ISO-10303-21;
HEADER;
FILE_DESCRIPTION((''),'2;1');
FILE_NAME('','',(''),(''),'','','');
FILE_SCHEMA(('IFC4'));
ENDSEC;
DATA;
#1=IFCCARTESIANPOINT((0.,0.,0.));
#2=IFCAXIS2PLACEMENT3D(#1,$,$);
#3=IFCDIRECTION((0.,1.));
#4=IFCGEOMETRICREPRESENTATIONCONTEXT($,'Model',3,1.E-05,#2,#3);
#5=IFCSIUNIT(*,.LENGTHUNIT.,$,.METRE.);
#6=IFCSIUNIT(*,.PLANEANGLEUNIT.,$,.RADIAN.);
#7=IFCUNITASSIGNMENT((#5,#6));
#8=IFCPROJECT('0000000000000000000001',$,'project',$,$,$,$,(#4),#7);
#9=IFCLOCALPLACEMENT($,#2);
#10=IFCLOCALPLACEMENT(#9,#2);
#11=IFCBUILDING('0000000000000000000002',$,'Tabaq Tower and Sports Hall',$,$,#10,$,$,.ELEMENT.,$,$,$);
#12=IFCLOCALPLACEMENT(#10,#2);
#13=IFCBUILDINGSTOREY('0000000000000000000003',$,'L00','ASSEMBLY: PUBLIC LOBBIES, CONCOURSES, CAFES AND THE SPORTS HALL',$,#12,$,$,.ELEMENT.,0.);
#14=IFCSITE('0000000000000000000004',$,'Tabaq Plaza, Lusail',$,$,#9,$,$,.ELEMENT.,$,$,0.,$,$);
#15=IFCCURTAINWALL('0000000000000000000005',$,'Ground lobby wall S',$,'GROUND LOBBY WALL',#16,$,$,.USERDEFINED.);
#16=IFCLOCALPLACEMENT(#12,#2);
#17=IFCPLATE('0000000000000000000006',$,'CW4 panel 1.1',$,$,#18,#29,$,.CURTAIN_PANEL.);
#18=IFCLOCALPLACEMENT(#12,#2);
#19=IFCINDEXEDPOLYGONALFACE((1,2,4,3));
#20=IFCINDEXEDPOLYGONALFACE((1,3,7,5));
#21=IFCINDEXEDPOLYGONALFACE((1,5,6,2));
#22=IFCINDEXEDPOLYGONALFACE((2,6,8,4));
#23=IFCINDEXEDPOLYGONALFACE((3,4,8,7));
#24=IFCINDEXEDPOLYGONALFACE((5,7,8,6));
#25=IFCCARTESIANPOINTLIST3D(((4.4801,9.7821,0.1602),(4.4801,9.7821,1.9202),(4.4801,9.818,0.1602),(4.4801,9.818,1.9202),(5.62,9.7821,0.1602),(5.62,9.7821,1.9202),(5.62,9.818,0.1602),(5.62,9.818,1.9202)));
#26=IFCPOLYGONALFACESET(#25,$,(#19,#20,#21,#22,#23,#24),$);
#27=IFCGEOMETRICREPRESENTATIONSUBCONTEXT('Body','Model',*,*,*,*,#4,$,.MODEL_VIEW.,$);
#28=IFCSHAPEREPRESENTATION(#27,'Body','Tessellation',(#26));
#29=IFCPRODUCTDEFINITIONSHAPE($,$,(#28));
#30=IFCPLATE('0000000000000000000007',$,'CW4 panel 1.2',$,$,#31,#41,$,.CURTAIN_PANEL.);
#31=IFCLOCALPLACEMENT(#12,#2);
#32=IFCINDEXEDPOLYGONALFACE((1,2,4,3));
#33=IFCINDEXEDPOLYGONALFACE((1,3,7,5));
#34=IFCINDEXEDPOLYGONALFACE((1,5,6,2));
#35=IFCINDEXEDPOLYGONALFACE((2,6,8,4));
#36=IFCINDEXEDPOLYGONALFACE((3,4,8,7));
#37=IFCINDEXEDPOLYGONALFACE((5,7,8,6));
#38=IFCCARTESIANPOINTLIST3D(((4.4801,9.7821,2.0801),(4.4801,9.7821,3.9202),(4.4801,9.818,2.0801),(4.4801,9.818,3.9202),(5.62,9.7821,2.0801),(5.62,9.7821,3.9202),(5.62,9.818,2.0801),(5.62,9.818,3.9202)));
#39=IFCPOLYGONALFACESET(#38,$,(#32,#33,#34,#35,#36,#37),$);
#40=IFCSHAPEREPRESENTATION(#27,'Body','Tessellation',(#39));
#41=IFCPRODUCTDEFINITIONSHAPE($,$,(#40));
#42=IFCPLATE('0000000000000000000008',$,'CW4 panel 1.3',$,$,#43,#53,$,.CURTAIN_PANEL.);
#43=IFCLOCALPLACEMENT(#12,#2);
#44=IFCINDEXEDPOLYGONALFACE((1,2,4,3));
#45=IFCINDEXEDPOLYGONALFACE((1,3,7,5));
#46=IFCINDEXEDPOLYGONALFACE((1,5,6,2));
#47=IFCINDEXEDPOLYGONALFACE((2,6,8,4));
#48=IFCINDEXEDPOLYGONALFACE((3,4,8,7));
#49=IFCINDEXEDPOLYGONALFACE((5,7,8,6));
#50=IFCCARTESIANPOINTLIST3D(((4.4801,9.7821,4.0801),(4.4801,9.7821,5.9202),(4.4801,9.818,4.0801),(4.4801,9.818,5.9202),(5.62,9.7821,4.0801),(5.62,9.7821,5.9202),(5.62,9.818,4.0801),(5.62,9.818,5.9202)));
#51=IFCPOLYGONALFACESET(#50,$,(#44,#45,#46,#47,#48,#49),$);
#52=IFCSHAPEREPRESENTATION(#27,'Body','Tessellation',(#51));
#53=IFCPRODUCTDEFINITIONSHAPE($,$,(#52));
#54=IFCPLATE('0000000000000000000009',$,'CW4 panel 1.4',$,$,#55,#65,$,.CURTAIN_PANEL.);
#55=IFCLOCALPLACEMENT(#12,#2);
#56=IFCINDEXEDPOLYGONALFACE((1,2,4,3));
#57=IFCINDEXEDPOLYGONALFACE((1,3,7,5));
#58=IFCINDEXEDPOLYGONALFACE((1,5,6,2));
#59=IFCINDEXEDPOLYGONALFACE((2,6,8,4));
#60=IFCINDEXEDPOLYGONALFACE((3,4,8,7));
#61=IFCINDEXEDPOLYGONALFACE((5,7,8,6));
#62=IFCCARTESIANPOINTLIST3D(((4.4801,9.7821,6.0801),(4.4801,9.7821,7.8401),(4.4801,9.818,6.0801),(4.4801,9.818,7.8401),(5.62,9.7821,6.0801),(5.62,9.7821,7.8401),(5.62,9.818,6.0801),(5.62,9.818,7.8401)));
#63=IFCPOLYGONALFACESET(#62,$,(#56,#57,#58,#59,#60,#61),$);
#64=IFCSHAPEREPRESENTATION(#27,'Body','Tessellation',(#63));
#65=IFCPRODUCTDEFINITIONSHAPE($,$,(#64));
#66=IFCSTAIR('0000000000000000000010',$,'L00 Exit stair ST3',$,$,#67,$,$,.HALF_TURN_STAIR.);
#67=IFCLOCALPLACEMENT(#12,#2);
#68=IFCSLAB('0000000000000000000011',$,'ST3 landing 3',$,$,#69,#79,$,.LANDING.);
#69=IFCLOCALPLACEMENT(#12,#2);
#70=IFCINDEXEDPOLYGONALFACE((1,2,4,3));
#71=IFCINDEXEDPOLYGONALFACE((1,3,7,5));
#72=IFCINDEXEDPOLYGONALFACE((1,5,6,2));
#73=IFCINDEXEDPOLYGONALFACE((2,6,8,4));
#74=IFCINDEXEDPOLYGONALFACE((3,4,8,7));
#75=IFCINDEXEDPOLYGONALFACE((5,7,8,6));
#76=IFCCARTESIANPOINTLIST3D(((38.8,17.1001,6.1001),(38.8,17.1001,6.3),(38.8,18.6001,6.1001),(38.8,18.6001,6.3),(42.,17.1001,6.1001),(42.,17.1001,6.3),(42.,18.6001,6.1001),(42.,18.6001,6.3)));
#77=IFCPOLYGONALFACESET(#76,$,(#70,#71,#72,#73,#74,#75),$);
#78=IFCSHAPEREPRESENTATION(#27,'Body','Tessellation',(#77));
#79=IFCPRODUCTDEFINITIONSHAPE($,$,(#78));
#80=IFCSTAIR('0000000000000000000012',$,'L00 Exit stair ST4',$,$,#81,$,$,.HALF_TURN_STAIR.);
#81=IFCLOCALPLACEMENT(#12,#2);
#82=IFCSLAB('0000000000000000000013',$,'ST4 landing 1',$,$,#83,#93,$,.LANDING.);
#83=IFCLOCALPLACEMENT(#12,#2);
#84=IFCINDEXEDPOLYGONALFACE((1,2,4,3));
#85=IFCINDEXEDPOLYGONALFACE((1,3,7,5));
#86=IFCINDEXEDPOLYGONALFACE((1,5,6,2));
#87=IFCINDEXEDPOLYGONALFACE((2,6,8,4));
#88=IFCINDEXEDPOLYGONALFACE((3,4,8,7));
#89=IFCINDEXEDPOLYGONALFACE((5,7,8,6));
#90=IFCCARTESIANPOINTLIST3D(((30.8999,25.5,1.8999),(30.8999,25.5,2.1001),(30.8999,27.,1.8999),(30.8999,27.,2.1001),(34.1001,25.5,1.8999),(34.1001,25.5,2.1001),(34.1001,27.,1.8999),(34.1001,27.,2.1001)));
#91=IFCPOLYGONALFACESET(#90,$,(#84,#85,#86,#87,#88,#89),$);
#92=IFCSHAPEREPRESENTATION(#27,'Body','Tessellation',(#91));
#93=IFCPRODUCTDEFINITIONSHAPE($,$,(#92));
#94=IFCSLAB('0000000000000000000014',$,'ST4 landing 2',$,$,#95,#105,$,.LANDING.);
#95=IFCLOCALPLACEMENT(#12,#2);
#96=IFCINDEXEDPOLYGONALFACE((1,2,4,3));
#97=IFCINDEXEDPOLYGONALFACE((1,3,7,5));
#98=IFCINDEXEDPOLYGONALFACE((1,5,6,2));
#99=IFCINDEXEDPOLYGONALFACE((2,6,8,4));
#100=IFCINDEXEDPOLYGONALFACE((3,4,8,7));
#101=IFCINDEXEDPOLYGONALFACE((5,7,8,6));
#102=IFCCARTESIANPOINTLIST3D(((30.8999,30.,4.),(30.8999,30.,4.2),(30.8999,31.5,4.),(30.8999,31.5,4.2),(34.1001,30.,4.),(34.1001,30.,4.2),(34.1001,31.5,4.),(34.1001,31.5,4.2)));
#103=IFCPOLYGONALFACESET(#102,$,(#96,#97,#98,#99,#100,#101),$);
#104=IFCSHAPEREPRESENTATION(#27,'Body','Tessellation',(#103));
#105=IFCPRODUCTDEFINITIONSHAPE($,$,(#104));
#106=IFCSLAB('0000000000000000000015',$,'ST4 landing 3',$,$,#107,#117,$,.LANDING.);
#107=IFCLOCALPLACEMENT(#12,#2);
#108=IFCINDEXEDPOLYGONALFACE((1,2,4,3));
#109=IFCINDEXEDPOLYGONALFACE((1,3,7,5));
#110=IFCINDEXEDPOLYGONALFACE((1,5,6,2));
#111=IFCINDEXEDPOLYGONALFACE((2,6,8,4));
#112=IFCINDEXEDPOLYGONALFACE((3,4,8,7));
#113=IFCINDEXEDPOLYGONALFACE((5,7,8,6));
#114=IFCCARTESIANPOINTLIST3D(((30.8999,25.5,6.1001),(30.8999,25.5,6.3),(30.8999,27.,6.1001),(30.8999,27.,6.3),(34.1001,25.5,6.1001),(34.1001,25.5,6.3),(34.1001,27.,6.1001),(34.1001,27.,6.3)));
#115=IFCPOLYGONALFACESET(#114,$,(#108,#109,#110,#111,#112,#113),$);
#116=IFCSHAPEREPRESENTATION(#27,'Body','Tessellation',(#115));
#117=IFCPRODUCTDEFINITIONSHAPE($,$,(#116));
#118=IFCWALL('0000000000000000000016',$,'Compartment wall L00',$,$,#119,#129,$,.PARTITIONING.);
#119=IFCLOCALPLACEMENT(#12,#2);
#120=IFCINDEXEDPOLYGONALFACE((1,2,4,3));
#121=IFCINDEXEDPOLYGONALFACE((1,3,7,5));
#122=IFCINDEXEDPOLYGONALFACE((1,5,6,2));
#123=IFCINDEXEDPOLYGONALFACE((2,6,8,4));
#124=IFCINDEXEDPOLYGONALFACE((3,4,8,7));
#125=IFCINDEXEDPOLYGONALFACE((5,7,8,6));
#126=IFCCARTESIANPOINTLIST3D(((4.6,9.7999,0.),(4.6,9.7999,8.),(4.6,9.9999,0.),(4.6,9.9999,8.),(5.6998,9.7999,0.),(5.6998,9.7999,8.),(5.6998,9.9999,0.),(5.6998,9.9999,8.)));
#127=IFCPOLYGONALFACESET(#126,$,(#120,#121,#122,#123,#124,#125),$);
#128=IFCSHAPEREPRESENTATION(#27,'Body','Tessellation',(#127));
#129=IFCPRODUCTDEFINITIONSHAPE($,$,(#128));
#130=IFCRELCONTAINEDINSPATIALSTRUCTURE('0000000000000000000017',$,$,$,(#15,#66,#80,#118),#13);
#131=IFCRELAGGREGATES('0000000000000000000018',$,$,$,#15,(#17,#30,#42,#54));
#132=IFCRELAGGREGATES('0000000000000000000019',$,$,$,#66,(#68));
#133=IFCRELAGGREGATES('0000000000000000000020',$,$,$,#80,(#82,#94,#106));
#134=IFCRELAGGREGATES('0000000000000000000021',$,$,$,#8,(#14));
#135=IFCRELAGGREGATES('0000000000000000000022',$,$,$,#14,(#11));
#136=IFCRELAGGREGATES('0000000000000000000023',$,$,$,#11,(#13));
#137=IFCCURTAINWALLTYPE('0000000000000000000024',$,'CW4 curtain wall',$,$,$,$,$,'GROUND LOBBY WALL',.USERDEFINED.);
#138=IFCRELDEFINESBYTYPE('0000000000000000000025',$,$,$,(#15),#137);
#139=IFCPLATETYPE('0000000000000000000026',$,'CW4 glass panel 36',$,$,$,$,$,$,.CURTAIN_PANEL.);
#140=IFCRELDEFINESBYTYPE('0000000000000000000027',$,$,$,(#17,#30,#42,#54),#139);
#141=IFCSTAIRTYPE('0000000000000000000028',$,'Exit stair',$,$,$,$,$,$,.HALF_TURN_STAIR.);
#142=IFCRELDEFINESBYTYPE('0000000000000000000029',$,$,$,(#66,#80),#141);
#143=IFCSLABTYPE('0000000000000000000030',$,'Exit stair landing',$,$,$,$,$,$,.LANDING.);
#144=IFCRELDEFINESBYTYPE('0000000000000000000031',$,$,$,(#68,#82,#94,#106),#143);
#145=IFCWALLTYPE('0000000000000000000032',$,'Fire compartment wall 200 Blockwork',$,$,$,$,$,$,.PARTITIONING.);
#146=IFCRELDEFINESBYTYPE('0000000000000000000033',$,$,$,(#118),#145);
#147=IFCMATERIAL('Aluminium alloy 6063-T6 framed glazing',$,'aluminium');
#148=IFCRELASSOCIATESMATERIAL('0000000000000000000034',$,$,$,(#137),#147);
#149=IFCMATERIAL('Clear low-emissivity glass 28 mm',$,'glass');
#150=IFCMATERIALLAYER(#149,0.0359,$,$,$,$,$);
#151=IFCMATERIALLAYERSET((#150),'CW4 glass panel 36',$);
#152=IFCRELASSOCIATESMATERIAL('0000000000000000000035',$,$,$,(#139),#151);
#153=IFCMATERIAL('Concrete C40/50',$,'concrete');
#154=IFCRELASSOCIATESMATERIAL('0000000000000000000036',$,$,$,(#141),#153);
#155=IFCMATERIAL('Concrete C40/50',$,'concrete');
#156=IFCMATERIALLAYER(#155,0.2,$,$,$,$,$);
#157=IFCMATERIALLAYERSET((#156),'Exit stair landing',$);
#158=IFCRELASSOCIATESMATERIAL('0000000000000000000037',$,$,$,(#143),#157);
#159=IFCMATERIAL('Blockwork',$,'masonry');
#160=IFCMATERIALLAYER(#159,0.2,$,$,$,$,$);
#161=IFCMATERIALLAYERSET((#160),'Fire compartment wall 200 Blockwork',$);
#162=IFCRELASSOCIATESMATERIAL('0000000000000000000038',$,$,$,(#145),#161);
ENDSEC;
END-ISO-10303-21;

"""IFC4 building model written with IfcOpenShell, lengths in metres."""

from ifc_helpers import new_model, si_unit, direction, frame, frame_2d, origin, origin_2d, place, context, subcontext, project, spatial, polyline, rectangle, outline, extrude, material, layer, layer_set, type_object, element, aggregate, save


model = new_model("IFC4")

# Units and contexts
model_context = context("Model", 3, precision=1e-05, world=origin(), true_north=direction((0.0, 1.0)))
body_context = subcontext(model_context, "Body", "Model", "MODEL_VIEW")
ifc_project = project(units=[si_unit("LENGTHUNIT", "METRE"), si_unit("PLANEANGLEUNIT", "RADIAN")], contexts=[model_context])

# Site, building, storey
site_placement = place(None, origin())
site = spatial("IfcSite", under=ifc_project, at=site_placement, Name="Tabaq Plaza, Lusail", CompositionType="ELEMENT", RefElevation=0.0)
building_placement = place(site_placement, origin())
building = spatial("IfcBuilding", under=site, at=building_placement, Name="Tabaq Tower and Sports Hall", CompositionType="ELEMENT")
storey_placement = place(building_placement, origin())
storey = spatial("IfcBuildingStorey", under=building, at=storey_placement, Name="L00", Description="ASSEMBLY: PUBLIC LOBBIES, CONCOURSES, CAFES AND THE SPORTS HALL", CompositionType="ELEMENT", Elevation=0.0)

# Curtain wall
ifc_material_1 = material(Name="Aluminium alloy 6063-T6 framed glazing", Category="aluminium")
curtain_wall_type = type_object("IfcCurtainWallType", Name="CW4 curtain wall", ElementType="GROUND LOBBY WALL", PredefinedType="USERDEFINED", material=ifc_material_1)
curtain_wall_1_placement = place(storey_placement, origin())
curtain_wall_1 = element("IfcCurtainWall", 1, at=curtain_wall_1_placement, inside=storey, type_object=curtain_wall_type, Name="Ground lobby wall S", ObjectType="GROUND LOBBY WALL", PredefinedType="USERDEFINED")

# Plates
ifc_material_2 = material(Name="Clear low-emissivity glass 28 mm", Category="glass")
ifc_layer_1 = layer(ifc_material_2, 0.0359)
ifc_layer_set_1 = layer_set([ifc_layer_1], Name="CW4 glass panel 36")
plate_type = type_object("IfcPlateType", Name="CW4 glass panel 36", PredefinedType="CURTAIN_PANEL", material=ifc_layer_set_1)
plate_1_placement = place(storey_placement, frame((5.05, 9.8, 0.1602), z_axis=(0.0, 0.0, 1.0), x_axis=(-1.0, 0.0, 0.0)))
plate_1 = element("IfcPlate", 2, at=plate_1_placement, type_object=plate_type, Name="CW4 panel 1.1", PredefinedType="CURTAIN_PANEL", context=body_context, shape_type="SweptSolid", body=[
    extrude(rectangle(XDim=1.1399, YDim=0.0359, at=origin_2d()), origin(), (0.0, 0.0, 1.0), 1.76),
])
plate_2_placement = place(storey_placement, frame((5.05, 9.8, 2.0801), z_axis=(0.0, 0.0, 1.0), x_axis=(-1.0, 0.0, 0.0)))
plate_2 = element("IfcPlate", 3, at=plate_2_placement, type_object=plate_type, Name="CW4 panel 1.2", PredefinedType="CURTAIN_PANEL", context=body_context, shape_type="SweptSolid", body=[
    extrude(rectangle(XDim=1.1399, YDim=0.0359, at=origin_2d()), origin(), (0.0, 0.0, 1.0), 1.8401),
])
plate_3_placement = place(storey_placement, frame((5.05, 9.8, 4.0801), z_axis=(0.0, 0.0, 1.0), x_axis=(-1.0, 0.0, 0.0)))
plate_3 = element("IfcPlate", 4, at=plate_3_placement, type_object=plate_type, Name="CW4 panel 1.3", PredefinedType="CURTAIN_PANEL", context=body_context, shape_type="SweptSolid", body=[
    extrude(rectangle(XDim=1.1399, YDim=0.0359, at=origin_2d()), origin(), (0.0, 0.0, 1.0), 1.8401),
])
plate_4_placement = place(storey_placement, frame((5.05, 9.8, 6.0801), z_axis=(0.0, 0.0, 1.0), x_axis=(-1.0, 0.0, 0.0)))
plate_4 = element("IfcPlate", 5, at=plate_4_placement, type_object=plate_type, Name="CW4 panel 1.4", PredefinedType="CURTAIN_PANEL", context=body_context, shape_type="SweptSolid", body=[
    extrude(rectangle(XDim=1.1399, YDim=0.0359, at=origin_2d()), origin(), (0.0, 0.0, 1.0), 1.76),
])
aggregate(curtain_wall_1, [plate_1, plate_2, plate_3, plate_4])

# Stair, slab
ifc_material_3 = material(Name="Concrete C40/50", Category="concrete")
stair_type = type_object("IfcStairType", Name="Exit stair", PredefinedType="HALF_TURN_STAIR", material=ifc_material_3)
stair_1_placement = place(storey_placement, origin())
stair_1 = element("IfcStair", 6, at=stair_1_placement, inside=storey, type_object=stair_type, Name="L00 Exit stair ST3", PredefinedType="HALF_TURN_STAIR")
ifc_material_4 = material(Name="Concrete C40/50", Category="concrete")
ifc_layer_2 = layer(ifc_material_4, 0.2)
ifc_layer_set_2 = layer_set([ifc_layer_2], Name="Exit stair landing")
slab_type = type_object("IfcSlabType", Name="Exit stair landing", PredefinedType="LANDING", material=ifc_layer_set_2)
slab_1_placement = place(storey_placement, frame((0.0, 0.0, 6.1001)))
slab_1 = element("IfcSlab", 7, at=slab_1_placement, type_object=slab_type, Name="ST3 landing 3", PredefinedType="LANDING", context=body_context, shape_type="SweptSolid", body=[
    extrude(outline(polyline([(38.8, 18.6001), (38.8, 17.1001), (42.0, 17.1001), (42.0, 18.6001), (38.8, 18.6001)])), origin(), (0.0, 0.0, 1.0), 0.2),
])
aggregate(stair_1, [slab_1])

# Stair, slabs
stair_2_placement = place(storey_placement, origin())
stair_2 = element("IfcStair", 8, at=stair_2_placement, inside=storey, type_object=stair_type, Name="L00 Exit stair ST4", PredefinedType="HALF_TURN_STAIR")
slab_2_placement = place(storey_placement, frame((0.0, 0.0, 1.8999)))
slab_2 = element("IfcSlab", 9, at=slab_2_placement, type_object=slab_type, Name="ST4 landing 1", PredefinedType="LANDING", context=body_context, shape_type="SweptSolid", body=[
    extrude(outline(polyline([(30.8999, 27.0), (30.8999, 25.5), (34.1001, 25.5), (34.1001, 27.0), (30.8999, 27.0)])), origin(), (0.0, 0.0, 1.0), 0.2002),
])
slab_3_placement = place(storey_placement, frame((0.0, 0.0, 4.0)))
slab_3 = element("IfcSlab", 10, at=slab_3_placement, type_object=slab_type, Name="ST4 landing 2", PredefinedType="LANDING", context=body_context, shape_type="SweptSolid", body=[
    extrude(outline(polyline([(30.8999, 31.5), (30.8999, 30.0), (34.1001, 30.0), (34.1001, 31.5), (30.8999, 31.5)])), origin(), (0.0, 0.0, 1.0), 0.2),
])
slab_4_placement = place(storey_placement, frame((0.0, 0.0, 6.1001)))
slab_4 = element("IfcSlab", 11, at=slab_4_placement, type_object=slab_type, Name="ST4 landing 3", PredefinedType="LANDING", context=body_context, shape_type="SweptSolid", body=[
    extrude(outline(polyline([(30.8999, 27.0), (30.8999, 25.5), (34.1001, 25.5), (34.1001, 27.0), (30.8999, 27.0)])), origin(), (0.0, 0.0, 1.0), 0.2),
])
aggregate(stair_2, [slab_2, slab_3, slab_4])

# Wall
ifc_material_5 = material(Name="Blockwork", Category="masonry")
ifc_layer_3 = layer(ifc_material_5, 0.2)
ifc_layer_set_3 = layer_set([ifc_layer_3], Name="Fire compartment wall 200 Blockwork")
wall_type = type_object("IfcWallType", Name="Fire compartment wall 200 Blockwork", PredefinedType="PARTITIONING", material=ifc_layer_set_3)
wall_placement = place(storey_placement, frame((4.6001, 9.8999, 0.0), z_axis=(0.0, 0.0, 1.0), x_axis=(1.0, 0.0, 0.0)))
element("IfcWall", 12, at=wall_placement, inside=storey, type_object=wall_type, Name="Compartment wall L00", PredefinedType="PARTITIONING", context=body_context, shape_type="SweptSolid", body=[
    extrude(rectangle(XDim=1.0999, YDim=0.2, at=frame_2d((0.5498, 0.0))), origin(), (0.0, 0.0, 1.0), 8.0),
])

save(model, "model.ifc")
